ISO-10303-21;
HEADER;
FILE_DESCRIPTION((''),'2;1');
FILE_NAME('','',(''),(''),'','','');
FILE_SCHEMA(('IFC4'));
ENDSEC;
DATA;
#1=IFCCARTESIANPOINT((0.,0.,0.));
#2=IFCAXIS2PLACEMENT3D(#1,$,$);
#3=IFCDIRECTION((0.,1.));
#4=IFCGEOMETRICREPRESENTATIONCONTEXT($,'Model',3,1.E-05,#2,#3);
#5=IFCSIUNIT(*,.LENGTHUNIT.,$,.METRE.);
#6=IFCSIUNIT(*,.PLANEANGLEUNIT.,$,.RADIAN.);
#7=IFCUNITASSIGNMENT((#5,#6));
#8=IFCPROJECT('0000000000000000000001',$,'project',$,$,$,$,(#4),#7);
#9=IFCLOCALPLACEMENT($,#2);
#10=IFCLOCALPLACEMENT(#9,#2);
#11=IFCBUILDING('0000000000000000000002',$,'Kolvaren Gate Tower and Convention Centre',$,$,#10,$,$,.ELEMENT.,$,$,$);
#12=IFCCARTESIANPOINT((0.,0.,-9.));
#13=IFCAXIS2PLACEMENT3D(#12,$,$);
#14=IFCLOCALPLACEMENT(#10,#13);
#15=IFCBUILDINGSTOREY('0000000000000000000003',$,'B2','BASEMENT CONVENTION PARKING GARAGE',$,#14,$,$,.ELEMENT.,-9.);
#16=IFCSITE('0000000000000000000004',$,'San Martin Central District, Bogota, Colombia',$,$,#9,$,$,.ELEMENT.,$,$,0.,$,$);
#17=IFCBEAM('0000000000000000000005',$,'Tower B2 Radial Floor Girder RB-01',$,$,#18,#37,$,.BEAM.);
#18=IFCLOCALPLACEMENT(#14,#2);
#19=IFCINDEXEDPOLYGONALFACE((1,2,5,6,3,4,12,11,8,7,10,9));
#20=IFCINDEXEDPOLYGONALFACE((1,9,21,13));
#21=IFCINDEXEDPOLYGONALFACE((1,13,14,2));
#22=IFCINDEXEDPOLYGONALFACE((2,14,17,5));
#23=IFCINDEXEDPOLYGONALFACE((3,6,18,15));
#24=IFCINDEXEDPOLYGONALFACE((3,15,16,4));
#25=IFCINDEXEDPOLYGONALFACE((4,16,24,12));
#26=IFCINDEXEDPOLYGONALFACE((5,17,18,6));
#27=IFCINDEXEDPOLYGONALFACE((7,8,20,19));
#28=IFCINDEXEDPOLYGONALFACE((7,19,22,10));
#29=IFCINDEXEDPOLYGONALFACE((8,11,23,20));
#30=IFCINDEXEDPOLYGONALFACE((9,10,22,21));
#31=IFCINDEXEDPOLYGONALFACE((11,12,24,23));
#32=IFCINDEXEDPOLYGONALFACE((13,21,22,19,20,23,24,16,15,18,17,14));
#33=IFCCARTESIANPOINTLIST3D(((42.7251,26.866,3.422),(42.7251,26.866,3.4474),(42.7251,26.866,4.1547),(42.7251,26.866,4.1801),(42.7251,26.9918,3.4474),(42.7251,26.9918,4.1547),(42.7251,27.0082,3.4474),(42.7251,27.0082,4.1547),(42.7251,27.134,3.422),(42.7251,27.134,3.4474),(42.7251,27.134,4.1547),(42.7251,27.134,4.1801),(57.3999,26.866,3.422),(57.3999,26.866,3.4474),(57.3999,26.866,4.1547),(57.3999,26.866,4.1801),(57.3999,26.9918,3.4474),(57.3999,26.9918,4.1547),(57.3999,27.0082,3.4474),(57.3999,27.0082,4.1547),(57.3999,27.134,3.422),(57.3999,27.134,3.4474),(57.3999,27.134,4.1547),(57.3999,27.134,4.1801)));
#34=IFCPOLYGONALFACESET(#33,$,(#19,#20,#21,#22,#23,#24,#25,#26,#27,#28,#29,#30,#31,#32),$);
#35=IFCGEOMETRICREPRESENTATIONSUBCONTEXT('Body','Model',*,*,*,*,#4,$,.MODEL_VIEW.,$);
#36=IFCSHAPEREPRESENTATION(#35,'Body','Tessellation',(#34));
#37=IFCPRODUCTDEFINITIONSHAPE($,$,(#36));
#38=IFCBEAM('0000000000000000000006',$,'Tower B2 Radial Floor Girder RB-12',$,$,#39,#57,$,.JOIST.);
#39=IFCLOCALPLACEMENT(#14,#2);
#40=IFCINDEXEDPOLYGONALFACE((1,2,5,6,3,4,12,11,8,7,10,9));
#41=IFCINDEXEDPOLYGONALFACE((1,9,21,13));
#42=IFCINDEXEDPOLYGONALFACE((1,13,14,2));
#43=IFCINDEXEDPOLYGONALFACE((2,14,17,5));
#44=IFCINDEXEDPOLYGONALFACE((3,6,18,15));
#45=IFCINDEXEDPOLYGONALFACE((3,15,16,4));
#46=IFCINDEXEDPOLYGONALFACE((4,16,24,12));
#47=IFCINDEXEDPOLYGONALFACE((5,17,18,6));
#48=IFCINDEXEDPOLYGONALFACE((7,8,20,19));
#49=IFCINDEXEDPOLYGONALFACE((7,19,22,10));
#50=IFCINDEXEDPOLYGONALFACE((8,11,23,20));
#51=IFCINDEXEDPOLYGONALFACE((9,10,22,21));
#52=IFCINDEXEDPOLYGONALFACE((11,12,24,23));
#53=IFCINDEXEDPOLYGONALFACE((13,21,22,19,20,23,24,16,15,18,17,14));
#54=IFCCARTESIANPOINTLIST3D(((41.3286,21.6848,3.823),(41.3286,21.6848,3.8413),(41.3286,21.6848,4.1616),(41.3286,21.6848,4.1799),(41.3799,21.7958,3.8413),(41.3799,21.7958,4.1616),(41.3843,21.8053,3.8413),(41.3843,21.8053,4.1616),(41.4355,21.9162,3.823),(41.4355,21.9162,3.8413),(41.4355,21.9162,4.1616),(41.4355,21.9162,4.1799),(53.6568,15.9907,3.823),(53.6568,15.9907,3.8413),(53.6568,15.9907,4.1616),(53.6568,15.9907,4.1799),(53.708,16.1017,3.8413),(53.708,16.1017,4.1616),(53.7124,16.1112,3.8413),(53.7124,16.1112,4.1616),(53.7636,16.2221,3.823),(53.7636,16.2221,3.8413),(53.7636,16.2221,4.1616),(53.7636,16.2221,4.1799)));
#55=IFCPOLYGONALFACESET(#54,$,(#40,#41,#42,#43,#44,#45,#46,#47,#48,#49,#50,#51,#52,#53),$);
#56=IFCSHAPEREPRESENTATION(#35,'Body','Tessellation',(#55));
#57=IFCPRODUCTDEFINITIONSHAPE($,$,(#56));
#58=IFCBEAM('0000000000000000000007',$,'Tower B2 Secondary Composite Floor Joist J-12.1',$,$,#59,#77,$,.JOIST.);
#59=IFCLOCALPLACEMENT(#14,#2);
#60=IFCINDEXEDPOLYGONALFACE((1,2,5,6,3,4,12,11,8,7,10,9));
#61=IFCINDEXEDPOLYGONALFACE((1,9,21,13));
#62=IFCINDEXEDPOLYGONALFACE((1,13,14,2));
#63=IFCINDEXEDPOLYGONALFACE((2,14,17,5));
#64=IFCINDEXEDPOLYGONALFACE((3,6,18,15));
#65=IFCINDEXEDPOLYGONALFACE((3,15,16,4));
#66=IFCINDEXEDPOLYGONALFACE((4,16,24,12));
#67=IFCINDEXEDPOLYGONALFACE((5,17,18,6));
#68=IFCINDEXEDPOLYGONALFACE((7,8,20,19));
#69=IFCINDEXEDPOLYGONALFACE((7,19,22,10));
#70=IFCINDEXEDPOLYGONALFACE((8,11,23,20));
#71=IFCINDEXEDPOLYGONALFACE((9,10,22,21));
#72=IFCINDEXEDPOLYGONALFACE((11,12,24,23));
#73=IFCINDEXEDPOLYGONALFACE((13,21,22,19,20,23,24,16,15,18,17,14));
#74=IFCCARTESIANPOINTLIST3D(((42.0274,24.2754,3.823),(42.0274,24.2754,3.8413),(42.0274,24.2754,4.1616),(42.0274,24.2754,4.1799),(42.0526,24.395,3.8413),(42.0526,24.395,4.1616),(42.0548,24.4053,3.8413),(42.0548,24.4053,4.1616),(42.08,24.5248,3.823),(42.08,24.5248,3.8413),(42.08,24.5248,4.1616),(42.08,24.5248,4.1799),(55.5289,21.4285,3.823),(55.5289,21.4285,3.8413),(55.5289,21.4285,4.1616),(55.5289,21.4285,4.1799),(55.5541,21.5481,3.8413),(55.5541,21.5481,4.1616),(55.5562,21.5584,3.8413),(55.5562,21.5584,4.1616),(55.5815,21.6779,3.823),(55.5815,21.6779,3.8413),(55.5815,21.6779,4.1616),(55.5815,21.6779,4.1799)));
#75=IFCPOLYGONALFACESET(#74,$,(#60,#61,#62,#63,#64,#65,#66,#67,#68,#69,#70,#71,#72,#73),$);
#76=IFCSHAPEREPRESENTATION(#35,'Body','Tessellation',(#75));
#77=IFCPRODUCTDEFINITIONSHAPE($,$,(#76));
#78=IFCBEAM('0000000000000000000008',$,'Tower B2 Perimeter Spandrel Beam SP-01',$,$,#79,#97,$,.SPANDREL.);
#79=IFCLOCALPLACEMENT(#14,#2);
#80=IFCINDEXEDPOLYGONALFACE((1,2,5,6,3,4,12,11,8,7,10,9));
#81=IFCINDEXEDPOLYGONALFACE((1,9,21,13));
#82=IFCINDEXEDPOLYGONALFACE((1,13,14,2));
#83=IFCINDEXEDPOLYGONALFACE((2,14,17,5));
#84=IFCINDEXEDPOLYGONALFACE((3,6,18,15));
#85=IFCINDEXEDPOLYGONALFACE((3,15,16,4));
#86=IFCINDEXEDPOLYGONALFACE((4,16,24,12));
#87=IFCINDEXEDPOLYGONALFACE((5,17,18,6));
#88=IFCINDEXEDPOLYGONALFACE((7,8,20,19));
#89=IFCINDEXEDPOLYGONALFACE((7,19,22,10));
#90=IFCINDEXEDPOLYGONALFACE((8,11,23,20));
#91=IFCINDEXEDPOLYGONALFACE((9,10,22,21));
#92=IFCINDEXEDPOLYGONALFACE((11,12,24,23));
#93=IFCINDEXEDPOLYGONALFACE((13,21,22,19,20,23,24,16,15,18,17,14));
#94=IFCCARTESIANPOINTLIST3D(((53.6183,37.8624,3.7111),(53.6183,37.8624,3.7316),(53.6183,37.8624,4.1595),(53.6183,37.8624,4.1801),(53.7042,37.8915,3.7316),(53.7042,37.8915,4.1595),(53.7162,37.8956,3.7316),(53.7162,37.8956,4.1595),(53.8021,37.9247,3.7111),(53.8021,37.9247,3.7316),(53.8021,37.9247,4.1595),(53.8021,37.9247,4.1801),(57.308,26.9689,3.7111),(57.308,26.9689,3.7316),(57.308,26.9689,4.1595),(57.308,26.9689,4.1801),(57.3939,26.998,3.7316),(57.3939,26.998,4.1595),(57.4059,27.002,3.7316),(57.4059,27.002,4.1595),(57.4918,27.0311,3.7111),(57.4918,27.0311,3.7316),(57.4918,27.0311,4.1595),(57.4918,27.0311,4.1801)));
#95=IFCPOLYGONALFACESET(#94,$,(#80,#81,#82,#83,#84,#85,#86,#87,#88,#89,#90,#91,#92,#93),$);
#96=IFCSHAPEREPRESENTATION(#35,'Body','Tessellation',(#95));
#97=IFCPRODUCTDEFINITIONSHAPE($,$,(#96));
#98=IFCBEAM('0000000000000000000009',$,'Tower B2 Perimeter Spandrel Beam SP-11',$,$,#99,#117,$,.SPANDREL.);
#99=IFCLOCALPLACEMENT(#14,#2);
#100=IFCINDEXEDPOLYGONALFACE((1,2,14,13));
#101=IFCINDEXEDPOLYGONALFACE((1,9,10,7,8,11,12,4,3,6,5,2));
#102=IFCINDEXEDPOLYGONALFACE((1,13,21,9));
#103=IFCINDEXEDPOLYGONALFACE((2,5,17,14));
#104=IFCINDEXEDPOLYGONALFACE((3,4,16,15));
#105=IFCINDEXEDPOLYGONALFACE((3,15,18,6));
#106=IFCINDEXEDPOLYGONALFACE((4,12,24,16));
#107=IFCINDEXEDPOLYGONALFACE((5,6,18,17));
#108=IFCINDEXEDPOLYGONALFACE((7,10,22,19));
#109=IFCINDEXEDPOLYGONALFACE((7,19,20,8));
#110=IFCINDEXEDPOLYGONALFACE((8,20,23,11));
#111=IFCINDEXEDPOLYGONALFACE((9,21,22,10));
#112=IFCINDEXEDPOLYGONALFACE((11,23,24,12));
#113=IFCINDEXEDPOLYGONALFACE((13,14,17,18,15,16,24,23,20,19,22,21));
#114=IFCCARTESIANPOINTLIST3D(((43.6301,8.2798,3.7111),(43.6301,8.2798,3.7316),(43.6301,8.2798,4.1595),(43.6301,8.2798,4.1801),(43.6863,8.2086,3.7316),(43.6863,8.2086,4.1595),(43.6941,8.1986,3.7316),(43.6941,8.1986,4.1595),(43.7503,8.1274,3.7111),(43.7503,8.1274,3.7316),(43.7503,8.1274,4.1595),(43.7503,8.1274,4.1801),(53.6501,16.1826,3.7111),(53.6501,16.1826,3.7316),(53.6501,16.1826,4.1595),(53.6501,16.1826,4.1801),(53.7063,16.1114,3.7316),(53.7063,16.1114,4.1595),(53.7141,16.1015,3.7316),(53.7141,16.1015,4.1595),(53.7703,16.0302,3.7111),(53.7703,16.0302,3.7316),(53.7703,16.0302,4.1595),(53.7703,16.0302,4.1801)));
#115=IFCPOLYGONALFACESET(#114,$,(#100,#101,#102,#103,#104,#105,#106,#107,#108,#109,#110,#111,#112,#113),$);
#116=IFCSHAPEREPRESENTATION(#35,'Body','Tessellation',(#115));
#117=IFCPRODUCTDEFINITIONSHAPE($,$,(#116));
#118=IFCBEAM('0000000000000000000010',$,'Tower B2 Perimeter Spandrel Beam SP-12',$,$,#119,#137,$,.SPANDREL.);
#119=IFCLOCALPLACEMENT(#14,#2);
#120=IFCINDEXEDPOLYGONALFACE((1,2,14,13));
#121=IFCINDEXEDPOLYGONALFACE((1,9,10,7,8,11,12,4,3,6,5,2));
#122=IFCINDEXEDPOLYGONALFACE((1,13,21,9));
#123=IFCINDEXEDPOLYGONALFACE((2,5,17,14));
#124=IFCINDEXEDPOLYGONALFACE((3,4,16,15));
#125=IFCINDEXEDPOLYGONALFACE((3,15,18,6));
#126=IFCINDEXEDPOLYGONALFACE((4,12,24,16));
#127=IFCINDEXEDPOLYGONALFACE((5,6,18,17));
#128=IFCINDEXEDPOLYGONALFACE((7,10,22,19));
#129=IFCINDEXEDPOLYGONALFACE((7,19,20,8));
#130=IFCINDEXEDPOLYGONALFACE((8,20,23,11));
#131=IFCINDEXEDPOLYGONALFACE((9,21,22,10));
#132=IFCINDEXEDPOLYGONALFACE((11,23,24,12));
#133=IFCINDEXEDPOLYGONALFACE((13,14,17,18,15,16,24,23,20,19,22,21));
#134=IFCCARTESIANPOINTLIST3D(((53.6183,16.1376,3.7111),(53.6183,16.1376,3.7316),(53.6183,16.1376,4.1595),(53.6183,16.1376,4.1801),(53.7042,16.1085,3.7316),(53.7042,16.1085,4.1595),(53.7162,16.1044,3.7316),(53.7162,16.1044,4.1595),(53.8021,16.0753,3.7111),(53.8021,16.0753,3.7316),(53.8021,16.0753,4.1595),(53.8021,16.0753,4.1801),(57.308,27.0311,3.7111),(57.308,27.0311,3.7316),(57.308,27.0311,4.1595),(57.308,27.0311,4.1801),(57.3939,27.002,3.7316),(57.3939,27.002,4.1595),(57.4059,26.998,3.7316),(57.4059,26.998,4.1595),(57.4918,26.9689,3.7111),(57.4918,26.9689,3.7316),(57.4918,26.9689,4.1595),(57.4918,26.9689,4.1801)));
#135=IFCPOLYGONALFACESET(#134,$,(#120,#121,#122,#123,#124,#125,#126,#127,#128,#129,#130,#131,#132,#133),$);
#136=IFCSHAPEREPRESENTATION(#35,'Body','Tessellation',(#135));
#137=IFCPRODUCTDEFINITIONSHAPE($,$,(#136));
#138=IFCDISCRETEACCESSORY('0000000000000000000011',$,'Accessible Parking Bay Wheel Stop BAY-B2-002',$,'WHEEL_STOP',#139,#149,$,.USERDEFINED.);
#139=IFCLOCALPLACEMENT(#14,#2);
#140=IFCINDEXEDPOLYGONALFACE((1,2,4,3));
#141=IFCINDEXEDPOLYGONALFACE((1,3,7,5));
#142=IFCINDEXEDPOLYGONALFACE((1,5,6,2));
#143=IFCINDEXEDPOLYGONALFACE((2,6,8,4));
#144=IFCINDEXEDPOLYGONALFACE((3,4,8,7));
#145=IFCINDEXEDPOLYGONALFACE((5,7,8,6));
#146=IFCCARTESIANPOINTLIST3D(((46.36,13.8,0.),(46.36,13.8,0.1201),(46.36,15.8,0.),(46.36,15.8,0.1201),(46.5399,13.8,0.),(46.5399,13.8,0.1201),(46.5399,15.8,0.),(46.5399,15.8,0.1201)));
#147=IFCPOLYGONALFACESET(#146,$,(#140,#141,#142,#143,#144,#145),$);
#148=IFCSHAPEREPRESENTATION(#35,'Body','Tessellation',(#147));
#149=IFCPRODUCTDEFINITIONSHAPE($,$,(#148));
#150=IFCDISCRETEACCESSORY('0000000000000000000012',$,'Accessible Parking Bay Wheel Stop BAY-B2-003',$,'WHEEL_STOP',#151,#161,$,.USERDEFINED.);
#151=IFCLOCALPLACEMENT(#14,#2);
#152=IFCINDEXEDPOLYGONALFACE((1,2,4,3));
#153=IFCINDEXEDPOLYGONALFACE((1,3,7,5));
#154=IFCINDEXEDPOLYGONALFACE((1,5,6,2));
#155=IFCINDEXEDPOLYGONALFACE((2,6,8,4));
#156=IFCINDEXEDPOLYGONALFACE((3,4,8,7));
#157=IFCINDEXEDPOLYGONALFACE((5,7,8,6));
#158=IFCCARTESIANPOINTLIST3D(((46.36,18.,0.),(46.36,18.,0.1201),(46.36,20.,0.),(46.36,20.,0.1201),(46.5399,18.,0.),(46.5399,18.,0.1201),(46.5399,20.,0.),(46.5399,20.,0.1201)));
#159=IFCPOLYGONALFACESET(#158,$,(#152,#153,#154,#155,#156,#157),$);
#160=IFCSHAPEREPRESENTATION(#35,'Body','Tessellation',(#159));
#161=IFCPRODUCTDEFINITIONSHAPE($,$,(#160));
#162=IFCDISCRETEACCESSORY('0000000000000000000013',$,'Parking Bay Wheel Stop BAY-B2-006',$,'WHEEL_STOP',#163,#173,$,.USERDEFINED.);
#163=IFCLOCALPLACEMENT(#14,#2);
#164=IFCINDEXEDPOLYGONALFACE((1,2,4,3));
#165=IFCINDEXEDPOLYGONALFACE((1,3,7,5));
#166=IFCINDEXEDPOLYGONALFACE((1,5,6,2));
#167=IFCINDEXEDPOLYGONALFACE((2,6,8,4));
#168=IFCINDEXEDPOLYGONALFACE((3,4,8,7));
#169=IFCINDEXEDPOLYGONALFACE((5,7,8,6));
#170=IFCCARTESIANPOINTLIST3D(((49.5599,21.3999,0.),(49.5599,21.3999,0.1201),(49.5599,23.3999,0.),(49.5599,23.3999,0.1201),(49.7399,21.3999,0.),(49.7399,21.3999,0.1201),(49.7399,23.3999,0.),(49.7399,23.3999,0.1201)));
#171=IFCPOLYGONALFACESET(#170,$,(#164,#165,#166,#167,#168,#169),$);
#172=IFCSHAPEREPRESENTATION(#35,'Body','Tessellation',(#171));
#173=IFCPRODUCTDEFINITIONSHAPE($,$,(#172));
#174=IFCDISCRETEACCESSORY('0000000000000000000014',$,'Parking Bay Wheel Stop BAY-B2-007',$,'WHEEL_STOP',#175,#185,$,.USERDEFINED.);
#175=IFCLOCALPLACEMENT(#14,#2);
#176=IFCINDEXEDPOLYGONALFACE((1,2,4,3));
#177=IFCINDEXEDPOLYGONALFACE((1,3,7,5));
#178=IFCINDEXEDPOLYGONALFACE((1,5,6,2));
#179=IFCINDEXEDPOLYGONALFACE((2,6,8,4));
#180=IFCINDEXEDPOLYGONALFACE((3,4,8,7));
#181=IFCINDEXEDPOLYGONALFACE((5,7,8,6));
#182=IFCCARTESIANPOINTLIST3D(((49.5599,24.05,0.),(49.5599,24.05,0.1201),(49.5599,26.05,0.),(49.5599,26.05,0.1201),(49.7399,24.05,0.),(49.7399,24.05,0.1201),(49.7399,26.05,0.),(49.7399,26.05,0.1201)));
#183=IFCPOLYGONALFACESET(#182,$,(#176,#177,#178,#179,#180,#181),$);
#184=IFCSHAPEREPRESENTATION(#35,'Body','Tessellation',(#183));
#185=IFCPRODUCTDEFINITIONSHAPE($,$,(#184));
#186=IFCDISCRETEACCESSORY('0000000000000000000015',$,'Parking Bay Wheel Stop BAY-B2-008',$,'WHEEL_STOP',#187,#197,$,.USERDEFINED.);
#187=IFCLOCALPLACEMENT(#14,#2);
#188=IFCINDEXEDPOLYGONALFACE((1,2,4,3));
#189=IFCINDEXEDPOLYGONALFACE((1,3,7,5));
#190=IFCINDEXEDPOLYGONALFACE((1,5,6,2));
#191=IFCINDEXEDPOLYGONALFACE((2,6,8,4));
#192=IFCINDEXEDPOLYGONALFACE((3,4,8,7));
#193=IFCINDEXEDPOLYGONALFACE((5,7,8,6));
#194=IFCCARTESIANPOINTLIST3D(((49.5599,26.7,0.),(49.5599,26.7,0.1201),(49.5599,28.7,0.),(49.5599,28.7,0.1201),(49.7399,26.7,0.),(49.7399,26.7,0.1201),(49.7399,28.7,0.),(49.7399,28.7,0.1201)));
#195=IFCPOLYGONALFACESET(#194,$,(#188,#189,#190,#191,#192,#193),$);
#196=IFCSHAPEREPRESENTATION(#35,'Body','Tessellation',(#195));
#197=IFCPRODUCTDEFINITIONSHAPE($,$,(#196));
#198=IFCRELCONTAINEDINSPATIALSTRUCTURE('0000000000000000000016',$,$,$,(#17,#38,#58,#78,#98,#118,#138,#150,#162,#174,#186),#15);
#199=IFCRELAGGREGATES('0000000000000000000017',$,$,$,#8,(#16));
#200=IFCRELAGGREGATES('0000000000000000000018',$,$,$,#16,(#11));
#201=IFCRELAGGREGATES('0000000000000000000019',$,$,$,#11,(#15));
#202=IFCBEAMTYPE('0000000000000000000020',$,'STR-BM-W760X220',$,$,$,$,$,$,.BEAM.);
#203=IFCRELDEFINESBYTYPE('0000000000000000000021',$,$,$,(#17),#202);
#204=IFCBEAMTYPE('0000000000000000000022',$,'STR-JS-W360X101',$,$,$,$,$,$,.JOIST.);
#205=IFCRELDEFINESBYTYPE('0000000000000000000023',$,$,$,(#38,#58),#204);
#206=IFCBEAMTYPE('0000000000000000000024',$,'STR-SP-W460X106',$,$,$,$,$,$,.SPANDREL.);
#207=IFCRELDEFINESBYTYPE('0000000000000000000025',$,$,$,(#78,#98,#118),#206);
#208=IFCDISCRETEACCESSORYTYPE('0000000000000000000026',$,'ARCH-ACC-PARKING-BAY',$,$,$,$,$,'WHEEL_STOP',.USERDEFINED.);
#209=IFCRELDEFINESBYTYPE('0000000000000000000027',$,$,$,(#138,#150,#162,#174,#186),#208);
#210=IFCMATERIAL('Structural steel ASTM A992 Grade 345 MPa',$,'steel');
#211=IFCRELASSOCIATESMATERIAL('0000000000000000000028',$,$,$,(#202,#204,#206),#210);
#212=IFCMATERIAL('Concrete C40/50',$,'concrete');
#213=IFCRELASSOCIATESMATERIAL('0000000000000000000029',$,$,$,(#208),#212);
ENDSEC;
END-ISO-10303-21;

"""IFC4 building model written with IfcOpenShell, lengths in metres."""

from ifc_helpers import new_model, si_unit, direction, frame, origin, origin_2d, place, context, subcontext, project, spatial, rectangle, i_section, extrude, material, material_profile, profile_set, type_object, element, save


model = new_model("IFC4")

# Units and contexts
model_context = context("Model", 3, precision=1e-05, world=origin(), true_north=direction((0.0, 1.0)))
body_context = subcontext(model_context, "Body", "Model", "MODEL_VIEW")
ifc_project = project(units=[si_unit("LENGTHUNIT", "METRE"), si_unit("PLANEANGLEUNIT", "RADIAN")], contexts=[model_context])

# Site, building, storey
site_placement = place(None, origin())
site = spatial("IfcSite", under=ifc_project, at=site_placement, Name="San Martin Central District, Bogota, Colombia", CompositionType="ELEMENT", RefElevation=0.0)
building_placement = place(site_placement, origin())
building = spatial("IfcBuilding", under=site, at=building_placement, Name="Kolvaren Gate Tower and Convention Centre", CompositionType="ELEMENT")
storey_placement = place(building_placement, frame((0.0, 0.0, -9.0)))
storey = spatial("IfcBuildingStorey", under=building, at=storey_placement, Name="B2", Description="BASEMENT CONVENTION PARKING GARAGE", CompositionType="ELEMENT", Elevation=-9.0)

# Beams
ifc_material_1 = material(Name="Structural steel ASTM A992 Grade 345 MPa", Category="steel")
ifc_material_profile_1 = material_profile(ifc_material_1, i_section(OverallWidth=0.2681, OverallDepth=0.7581, WebThickness=0.0164, FlangeThickness=0.0254, at=origin_2d()), Name="W760X220")
ifc_profile_set_1 = profile_set([ifc_material_profile_1], Name="Structural steel ASTM A992 Grade 345 MPa")
beam_type_1 = type_object("IfcBeamType", Name="STR-BM-W760X220", PredefinedType="BEAM", material=ifc_profile_set_1)
beam_1_placement = place(storey_placement, frame((42.7251, 27.0, 3.801), z_axis=(1.0, 0.0, 0.0), x_axis=(0.0, 1.0, 0.0)))
element("IfcBeam", 1, at=beam_1_placement, inside=storey, type_object=beam_type_1, Name="Tower B2 Radial Floor Girder RB-01", PredefinedType="BEAM", context=body_context, shape_type="SweptSolid", body=[
    extrude(i_section(OverallWidth=0.2681, OverallDepth=0.7581, WebThickness=0.0164, FlangeThickness=0.0254, at=origin_2d()), origin(), (0.0, 0.0, 1.0), 14.6748),
])
ifc_material_profile_2 = material_profile(ifc_material_1, i_section(OverallWidth=0.2549, OverallDepth=0.3569, WebThickness=0.0105, FlangeThickness=0.0183, at=origin_2d()), Name="W360X101")
ifc_profile_set_2 = profile_set([ifc_material_profile_2], Name="Structural steel ASTM A992 Grade 345 MPa")
beam_type_2 = type_object("IfcBeamType", Name="STR-JS-W360X101", PredefinedType="JOIST", material=ifc_profile_set_2)
beam_2_placement = place(storey_placement, frame((41.3821, 21.8005, 4.0015), z_axis=(0.907842, -0.419312, 0.0), x_axis=(0.419312, 0.907842, 0.0)))
element("IfcBeam", 2, at=beam_2_placement, inside=storey, type_object=beam_type_2, Name="Tower B2 Radial Floor Girder RB-12", PredefinedType="JOIST", context=body_context, shape_type="SweptSolid", body=[
    extrude(i_section(OverallWidth=0.2549, OverallDepth=0.3569, WebThickness=0.0105, FlangeThickness=0.0183, at=origin_2d()), origin(), (0.0, 0.0, 1.0), 13.5796),
])
beam_3_placement = place(storey_placement, frame((42.0537, 24.4001, 4.0015), z_axis=(0.978484, -0.206323, 0.0), x_axis=(0.206323, 0.978484, 0.0)))
element("IfcBeam", 3, at=beam_3_placement, inside=storey, type_object=beam_type_2, Name="Tower B2 Secondary Composite Floor Joist J-12.1", PredefinedType="JOIST", context=body_context, shape_type="SweptSolid", body=[
    extrude(i_section(OverallWidth=0.2549, OverallDepth=0.3569, WebThickness=0.0105, FlangeThickness=0.0183, at=origin_2d()), origin(), (0.0, 0.0, 1.0), 13.7983),
])
ifc_material_profile_3 = material_profile(ifc_material_1, i_section(OverallWidth=0.1941, OverallDepth=0.469, WebThickness=0.0127, FlangeThickness=0.0205, at=origin_2d()), Name="W460X106")
ifc_profile_set_3 = profile_set([ifc_material_profile_3], Name="Structural steel ASTM A992 Grade 345 MPa")
beam_type_3 = type_object("IfcBeamType", Name="STR-SP-W460X106", PredefinedType="SPANDREL", material=ifc_profile_set_3)
beam_4_placement = place(storey_placement, frame((57.3999, 27.0, 3.9456), z_axis=(-0.320803, 0.947146, 0.0), x_axis=(-0.947146, -0.320803, 0.0)))
element("IfcBeam", 4, at=beam_4_placement, inside=storey, type_object=beam_type_3, Name="Tower B2 Perimeter Spandrel Beam SP-01", PredefinedType="SPANDREL", context=body_context, shape_type="SweptSolid", body=[
    extrude(i_section(OverallWidth=0.1941, OverallDepth=0.469, WebThickness=0.0127, FlangeThickness=0.0205, at=origin_2d()), origin(), (0.0, 0.0, 1.0), 11.5015),
])
beam_5_placement = place(storey_placement, frame((43.6902, 8.2036, 3.9456), z_axis=(0.785176, 0.619272, 0.0), x_axis=(-0.619272, 0.785176, 0.0)))
element("IfcBeam", 5, at=beam_5_placement, inside=storey, type_object=beam_type_3, Name="Tower B2 Perimeter Spandrel Beam SP-11", PredefinedType="SPANDREL", context=body_context, shape_type="SweptSolid", body=[
    extrude(i_section(OverallWidth=0.1941, OverallDepth=0.469, WebThickness=0.0127, FlangeThickness=0.0205, at=origin_2d()), origin(), (0.0, 0.0, 1.0), 12.7615),
])
beam_6_placement = place(storey_placement, frame((53.7102, 16.1064, 3.9456), z_axis=(0.320803, 0.947146, 0.0), x_axis=(-0.947146, 0.320803, 0.0)))
element("IfcBeam", 6, at=beam_6_placement, inside=storey, type_object=beam_type_3, Name="Tower B2 Perimeter Spandrel Beam SP-12", PredefinedType="SPANDREL", context=body_context, shape_type="SweptSolid", body=[
    extrude(i_section(OverallWidth=0.1941, OverallDepth=0.469, WebThickness=0.0127, FlangeThickness=0.0205, at=origin_2d()), origin(), (0.0, 0.0, 1.0), 11.5015),
])

# Discrete accessories
ifc_material_2 = material(Name="Concrete C40/50", Category="concrete")
discrete_accessory_type = type_object("IfcDiscreteAccessoryType", Name="ARCH-ACC-PARKING-BAY", ElementType="WHEEL_STOP", PredefinedType="USERDEFINED", material=ifc_material_2)
for number, where, z_axis, x_axis, name in (
    (7, (46.45, 14.8, 0.0), (0.0, 0.0, 1.0), (0.0, 1.0, 0.0), "Accessible Parking Bay Wheel Stop BAY-B2-002"),
    (8, (46.45, 19.0, 0.0), (0.0, 0.0, 1.0), (0.0, 1.0, 0.0), "Accessible Parking Bay Wheel Stop BAY-B2-003"),
    (9, (49.6499, 22.3999, 0.0), (0.0, 0.0, 1.0), (0.0, 1.0, 0.0), "Parking Bay Wheel Stop BAY-B2-006"),
    (10, (49.6499, 25.05, 0.0), (0.0, 0.0, 1.0), (0.0, 1.0, 0.0), "Parking Bay Wheel Stop BAY-B2-007"),
    (11, (49.6499, 27.7, 0.0), (0.0, 0.0, 1.0), (0.0, 1.0, 0.0), "Parking Bay Wheel Stop BAY-B2-008"),
):
    element("IfcDiscreteAccessory", number, at=place(storey_placement, frame(where, z_axis=z_axis, x_axis=x_axis)), inside=storey, type_object=discrete_accessory_type, Name=name, ObjectType="WHEEL_STOP", PredefinedType="USERDEFINED", context=body_context, shape_type="SweptSolid", body=[
        extrude(rectangle(XDim=2.0, YDim=0.1799, at=origin_2d()), origin(), (0.0, 0.0, 1.0), 0.1201),
    ])

save(model, "model.ifc")
